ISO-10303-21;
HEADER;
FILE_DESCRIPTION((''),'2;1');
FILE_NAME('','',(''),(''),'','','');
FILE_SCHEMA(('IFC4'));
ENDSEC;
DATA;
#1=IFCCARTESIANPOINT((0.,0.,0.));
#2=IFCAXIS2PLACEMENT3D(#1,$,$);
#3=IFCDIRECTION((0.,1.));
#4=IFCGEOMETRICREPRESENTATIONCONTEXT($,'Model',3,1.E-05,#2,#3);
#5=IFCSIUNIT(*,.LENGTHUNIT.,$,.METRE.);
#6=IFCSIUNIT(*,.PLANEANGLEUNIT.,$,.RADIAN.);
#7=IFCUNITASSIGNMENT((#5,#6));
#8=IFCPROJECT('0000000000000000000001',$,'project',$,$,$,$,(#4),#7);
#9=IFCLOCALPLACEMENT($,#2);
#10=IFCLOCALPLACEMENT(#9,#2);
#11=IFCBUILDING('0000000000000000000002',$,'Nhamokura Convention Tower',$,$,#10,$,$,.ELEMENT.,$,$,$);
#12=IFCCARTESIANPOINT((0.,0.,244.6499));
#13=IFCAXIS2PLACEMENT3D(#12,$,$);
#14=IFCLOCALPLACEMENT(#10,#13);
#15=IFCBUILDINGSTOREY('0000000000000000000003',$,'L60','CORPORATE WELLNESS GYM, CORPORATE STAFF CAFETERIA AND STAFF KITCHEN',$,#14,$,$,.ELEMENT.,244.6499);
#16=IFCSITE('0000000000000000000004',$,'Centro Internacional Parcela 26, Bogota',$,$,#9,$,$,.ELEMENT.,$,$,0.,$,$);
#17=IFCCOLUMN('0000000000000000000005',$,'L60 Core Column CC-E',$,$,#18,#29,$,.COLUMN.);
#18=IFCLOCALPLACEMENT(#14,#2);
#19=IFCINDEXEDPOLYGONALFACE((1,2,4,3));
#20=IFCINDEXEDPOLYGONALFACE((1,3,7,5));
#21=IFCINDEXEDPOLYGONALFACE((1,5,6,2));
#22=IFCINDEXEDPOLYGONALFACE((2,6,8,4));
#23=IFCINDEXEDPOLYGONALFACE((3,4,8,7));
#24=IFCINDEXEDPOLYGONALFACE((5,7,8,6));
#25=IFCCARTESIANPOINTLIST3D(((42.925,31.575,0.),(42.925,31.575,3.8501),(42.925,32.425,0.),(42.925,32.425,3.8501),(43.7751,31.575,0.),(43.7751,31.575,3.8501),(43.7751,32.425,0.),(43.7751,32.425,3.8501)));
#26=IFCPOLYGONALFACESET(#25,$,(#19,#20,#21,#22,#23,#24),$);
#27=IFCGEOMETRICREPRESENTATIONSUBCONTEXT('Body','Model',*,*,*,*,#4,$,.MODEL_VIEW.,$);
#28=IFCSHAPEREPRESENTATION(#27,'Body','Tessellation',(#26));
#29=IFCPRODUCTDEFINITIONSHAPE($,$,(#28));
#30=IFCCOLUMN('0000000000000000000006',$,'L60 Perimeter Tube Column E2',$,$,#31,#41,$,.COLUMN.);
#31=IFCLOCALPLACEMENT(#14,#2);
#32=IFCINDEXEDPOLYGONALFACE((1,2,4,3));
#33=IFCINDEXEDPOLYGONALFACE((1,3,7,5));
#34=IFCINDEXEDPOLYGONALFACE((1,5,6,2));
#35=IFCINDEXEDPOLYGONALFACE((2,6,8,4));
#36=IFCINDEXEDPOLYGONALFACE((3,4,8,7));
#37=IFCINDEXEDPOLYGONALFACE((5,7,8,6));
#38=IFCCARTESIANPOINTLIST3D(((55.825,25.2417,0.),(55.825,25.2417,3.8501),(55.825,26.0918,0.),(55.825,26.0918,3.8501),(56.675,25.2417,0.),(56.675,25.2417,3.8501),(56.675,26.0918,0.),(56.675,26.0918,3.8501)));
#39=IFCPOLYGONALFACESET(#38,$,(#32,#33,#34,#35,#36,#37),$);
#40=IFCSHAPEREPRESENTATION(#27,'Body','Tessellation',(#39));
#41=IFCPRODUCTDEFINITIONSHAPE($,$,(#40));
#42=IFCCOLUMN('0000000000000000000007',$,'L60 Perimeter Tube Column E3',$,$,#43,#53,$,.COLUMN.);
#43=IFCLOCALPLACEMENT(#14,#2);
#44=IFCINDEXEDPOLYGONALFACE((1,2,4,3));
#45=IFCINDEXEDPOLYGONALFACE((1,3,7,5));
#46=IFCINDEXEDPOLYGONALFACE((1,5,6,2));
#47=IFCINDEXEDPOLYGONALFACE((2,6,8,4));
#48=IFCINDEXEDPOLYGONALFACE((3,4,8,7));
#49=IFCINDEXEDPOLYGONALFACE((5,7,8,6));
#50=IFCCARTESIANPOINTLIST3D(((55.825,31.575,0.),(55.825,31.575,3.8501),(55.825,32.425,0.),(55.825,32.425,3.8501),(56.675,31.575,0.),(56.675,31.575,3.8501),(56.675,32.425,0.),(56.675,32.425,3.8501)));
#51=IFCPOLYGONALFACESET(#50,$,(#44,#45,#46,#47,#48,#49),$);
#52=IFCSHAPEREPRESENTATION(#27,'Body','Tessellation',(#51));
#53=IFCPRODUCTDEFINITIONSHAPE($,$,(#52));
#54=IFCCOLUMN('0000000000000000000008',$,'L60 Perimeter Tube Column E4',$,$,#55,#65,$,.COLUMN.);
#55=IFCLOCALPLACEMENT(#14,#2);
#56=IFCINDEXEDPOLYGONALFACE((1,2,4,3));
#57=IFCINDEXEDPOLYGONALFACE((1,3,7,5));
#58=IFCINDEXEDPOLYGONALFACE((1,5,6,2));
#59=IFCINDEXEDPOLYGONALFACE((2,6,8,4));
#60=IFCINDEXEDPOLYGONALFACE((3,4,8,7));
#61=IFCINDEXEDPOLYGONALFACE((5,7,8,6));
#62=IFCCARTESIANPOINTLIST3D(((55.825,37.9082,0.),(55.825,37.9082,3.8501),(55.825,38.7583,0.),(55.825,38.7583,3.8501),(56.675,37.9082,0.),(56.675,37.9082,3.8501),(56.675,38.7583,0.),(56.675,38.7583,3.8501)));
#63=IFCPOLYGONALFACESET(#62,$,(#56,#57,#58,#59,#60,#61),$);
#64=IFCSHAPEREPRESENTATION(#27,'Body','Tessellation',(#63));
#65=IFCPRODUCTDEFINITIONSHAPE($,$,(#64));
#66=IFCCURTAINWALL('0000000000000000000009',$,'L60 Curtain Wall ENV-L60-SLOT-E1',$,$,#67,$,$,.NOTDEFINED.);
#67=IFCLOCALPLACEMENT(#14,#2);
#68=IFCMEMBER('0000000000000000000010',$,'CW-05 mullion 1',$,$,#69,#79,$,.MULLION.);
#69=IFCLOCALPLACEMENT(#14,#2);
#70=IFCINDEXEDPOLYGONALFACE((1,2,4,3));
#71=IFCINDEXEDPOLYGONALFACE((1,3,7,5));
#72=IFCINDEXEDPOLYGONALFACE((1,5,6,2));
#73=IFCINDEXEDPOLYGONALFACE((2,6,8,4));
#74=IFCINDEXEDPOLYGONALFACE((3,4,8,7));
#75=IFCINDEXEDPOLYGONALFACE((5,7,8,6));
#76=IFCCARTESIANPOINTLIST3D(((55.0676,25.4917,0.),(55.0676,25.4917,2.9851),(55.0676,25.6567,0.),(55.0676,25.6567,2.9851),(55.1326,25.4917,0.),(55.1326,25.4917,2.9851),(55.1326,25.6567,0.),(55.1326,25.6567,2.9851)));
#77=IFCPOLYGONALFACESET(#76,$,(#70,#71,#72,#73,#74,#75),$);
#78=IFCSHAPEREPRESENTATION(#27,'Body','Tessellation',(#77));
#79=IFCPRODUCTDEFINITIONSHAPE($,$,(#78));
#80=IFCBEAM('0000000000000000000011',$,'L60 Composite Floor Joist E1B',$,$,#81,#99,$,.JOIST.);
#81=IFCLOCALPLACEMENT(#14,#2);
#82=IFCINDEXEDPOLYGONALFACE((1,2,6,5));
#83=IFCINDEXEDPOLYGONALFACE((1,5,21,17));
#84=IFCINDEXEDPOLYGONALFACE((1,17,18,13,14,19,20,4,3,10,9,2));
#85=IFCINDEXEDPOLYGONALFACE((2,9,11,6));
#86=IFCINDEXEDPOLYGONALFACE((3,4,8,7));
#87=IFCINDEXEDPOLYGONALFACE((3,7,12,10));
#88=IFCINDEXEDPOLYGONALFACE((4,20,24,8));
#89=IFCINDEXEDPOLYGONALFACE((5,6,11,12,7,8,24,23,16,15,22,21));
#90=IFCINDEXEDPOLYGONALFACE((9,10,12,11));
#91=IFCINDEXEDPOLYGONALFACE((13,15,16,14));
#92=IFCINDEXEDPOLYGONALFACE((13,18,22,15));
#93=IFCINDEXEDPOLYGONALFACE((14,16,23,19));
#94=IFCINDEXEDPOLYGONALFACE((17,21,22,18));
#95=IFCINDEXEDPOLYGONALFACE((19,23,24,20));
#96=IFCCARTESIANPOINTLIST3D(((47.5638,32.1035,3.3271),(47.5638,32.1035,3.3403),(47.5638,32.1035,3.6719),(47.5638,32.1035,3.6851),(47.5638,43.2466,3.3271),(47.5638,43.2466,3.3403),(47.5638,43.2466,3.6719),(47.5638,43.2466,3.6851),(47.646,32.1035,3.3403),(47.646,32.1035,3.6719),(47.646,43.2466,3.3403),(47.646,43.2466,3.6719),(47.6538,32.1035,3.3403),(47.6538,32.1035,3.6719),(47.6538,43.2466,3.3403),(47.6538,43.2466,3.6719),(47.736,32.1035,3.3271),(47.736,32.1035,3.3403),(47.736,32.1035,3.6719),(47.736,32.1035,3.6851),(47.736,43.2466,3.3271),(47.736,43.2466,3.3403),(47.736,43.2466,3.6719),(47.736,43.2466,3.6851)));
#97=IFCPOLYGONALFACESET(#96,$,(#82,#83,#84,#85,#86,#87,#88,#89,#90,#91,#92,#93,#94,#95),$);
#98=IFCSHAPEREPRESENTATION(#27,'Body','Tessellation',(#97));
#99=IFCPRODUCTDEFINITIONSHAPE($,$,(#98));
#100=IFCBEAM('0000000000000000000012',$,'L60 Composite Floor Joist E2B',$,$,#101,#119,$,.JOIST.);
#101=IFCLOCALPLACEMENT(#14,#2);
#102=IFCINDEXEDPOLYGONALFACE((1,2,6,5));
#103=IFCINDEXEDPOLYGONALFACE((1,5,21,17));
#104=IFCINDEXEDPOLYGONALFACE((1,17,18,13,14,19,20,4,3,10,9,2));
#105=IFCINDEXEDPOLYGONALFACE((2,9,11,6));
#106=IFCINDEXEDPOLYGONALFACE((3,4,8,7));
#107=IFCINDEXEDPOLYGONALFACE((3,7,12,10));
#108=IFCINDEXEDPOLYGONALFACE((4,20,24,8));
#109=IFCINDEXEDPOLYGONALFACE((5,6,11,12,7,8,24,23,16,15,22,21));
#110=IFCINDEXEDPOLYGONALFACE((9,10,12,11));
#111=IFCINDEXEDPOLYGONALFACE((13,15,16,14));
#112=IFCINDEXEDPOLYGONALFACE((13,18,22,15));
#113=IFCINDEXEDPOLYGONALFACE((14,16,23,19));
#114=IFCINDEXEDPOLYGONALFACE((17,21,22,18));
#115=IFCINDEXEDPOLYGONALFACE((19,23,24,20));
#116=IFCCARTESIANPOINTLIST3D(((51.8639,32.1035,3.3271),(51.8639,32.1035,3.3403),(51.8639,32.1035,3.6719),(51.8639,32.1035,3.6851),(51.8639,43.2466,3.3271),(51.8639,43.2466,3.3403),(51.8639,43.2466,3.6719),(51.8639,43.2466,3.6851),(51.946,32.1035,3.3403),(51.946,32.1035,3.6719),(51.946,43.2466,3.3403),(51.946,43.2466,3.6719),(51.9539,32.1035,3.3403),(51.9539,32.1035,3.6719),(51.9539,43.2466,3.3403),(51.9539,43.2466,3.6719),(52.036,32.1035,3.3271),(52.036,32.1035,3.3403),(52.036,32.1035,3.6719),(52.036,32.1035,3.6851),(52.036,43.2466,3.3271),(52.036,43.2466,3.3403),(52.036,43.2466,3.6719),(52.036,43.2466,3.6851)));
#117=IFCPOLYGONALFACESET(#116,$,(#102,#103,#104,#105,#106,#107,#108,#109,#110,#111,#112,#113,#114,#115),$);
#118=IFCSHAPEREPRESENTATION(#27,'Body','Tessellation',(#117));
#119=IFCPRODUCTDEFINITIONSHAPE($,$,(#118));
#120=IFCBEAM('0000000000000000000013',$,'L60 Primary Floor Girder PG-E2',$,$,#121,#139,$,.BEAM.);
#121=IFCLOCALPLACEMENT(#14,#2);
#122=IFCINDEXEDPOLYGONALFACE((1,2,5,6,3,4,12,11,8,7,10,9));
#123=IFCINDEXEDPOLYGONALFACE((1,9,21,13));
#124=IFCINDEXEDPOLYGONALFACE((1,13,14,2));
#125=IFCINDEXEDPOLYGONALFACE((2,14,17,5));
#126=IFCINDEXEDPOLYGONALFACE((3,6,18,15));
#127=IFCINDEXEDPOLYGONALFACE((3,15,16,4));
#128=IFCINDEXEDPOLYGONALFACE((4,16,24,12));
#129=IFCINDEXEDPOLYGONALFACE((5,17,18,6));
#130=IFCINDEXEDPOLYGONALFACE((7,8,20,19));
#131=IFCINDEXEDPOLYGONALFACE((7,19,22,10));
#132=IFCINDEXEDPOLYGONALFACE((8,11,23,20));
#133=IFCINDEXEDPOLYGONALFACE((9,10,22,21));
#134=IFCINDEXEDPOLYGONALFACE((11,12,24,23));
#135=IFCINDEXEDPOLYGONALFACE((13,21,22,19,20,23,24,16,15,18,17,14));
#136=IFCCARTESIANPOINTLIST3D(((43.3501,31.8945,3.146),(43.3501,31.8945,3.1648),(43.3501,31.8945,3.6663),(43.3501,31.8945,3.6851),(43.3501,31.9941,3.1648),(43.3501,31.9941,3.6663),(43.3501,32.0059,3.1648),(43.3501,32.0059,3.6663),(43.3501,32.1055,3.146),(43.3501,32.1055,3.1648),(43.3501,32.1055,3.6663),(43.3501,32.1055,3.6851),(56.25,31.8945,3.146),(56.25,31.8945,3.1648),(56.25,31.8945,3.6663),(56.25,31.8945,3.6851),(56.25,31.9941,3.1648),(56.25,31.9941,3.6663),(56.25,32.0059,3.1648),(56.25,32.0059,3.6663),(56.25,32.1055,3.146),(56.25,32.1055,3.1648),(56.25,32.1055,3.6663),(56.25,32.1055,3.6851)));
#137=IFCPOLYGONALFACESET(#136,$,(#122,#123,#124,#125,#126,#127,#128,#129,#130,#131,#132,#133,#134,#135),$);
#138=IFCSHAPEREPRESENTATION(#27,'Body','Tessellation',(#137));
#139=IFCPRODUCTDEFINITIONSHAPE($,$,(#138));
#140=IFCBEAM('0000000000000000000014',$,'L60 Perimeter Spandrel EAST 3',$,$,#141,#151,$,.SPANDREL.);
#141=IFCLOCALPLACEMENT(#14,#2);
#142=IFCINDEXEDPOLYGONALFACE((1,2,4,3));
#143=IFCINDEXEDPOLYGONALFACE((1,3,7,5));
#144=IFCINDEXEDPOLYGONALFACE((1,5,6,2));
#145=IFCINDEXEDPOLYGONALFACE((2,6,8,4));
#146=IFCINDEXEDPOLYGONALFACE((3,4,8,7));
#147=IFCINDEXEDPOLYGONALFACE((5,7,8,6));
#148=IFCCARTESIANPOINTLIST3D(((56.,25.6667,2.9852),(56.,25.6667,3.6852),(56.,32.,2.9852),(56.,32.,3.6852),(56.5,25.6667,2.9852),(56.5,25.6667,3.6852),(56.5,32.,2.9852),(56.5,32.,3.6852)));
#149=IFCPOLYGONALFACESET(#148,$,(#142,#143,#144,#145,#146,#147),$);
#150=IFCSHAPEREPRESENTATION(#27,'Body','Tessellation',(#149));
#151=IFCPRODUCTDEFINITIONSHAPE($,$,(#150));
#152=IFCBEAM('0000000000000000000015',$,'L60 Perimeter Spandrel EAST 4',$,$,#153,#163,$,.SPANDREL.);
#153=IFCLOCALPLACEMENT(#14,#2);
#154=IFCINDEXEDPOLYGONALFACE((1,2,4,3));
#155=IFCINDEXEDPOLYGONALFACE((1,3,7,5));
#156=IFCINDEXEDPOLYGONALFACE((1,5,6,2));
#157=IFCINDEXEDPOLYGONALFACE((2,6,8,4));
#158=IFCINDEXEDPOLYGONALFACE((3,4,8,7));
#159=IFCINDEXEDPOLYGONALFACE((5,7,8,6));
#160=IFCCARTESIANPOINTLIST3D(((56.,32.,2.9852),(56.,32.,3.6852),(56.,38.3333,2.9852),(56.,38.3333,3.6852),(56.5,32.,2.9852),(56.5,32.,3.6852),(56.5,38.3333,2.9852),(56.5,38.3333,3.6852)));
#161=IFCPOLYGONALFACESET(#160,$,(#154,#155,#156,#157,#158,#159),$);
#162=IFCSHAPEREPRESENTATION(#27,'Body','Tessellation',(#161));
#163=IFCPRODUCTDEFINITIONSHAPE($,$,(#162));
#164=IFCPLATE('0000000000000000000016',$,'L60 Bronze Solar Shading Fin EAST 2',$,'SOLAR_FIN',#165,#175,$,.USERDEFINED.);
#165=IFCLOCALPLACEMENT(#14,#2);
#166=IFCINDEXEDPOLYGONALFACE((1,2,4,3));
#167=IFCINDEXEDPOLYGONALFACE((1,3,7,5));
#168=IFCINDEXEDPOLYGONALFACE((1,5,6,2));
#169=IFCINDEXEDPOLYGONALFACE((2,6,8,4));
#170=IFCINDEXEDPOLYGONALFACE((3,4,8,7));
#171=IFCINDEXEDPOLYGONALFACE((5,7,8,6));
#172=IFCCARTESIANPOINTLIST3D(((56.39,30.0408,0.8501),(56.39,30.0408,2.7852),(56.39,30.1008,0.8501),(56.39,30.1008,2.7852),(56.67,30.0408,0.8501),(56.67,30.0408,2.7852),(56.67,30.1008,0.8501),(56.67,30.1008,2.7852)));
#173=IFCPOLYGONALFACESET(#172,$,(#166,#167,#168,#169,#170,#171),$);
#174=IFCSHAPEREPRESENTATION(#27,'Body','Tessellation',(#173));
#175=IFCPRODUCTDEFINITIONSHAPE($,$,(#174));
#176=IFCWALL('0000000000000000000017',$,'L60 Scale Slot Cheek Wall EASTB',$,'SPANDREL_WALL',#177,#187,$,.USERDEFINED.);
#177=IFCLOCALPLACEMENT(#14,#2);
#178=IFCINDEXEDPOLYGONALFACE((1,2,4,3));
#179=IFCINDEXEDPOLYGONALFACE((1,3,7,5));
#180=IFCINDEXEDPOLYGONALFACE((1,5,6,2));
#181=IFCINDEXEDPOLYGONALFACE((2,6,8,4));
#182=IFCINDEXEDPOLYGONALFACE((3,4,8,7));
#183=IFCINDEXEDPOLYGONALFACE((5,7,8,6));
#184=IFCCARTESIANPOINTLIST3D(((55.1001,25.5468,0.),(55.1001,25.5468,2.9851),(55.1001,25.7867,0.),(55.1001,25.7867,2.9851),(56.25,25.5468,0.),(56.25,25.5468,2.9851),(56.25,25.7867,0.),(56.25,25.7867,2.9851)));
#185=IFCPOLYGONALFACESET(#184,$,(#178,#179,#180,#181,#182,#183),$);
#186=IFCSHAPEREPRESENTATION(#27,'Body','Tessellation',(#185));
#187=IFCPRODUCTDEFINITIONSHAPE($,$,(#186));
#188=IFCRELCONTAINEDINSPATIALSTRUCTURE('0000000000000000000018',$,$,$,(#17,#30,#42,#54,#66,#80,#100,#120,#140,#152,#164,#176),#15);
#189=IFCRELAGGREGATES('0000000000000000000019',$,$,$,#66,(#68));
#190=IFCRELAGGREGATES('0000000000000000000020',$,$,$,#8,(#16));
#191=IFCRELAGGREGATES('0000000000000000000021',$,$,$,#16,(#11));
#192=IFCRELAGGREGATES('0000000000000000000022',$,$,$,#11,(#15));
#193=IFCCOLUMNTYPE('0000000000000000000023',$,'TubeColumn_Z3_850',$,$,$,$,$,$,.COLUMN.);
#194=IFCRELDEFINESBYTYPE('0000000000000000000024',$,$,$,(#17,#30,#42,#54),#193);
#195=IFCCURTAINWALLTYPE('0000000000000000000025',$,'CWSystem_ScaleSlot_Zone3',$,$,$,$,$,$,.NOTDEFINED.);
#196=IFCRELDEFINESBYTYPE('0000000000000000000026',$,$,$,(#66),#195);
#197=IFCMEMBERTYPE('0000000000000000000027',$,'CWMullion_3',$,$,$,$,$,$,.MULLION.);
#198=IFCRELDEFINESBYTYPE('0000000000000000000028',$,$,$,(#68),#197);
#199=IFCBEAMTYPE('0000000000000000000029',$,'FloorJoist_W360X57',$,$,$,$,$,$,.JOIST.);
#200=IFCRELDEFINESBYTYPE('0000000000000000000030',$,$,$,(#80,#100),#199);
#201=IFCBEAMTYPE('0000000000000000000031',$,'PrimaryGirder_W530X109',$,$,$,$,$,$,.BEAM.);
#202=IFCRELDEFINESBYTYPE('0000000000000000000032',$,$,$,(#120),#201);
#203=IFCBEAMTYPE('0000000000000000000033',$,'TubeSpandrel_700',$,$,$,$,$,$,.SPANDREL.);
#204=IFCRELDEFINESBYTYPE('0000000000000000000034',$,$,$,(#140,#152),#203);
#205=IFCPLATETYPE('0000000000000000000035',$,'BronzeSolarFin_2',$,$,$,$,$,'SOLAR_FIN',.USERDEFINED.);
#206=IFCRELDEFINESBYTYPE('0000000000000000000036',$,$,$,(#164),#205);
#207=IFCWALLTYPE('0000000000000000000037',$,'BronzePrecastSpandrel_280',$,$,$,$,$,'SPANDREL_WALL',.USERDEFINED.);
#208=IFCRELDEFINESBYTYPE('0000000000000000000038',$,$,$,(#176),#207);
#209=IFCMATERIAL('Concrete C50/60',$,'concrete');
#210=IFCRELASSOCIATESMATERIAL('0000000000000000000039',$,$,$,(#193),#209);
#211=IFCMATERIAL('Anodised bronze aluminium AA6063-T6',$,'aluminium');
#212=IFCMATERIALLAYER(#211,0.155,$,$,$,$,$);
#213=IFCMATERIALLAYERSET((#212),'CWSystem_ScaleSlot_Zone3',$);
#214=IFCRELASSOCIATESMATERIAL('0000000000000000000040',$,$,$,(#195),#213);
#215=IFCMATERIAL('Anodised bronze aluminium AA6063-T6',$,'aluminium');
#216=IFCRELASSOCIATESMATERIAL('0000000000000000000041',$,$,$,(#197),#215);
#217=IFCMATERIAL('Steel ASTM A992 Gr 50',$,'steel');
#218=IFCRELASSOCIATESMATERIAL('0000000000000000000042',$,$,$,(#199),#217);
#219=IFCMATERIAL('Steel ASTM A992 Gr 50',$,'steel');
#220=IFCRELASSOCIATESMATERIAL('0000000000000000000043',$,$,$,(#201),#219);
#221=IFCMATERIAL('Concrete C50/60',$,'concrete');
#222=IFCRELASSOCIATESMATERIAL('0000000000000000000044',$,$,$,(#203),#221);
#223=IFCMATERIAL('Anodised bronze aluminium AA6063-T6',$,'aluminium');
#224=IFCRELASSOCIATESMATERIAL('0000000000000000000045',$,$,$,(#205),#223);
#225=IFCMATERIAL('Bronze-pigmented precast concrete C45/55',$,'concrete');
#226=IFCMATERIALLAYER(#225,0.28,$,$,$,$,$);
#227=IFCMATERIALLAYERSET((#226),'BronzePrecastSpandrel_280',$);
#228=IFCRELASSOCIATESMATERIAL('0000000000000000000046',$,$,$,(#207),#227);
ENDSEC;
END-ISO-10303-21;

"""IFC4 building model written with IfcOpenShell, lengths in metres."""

from ifc_helpers import new_model, si_unit, direction, frame, frame_2d, origin, origin_2d, place, context, subcontext, project, spatial, rectangle, i_section, extrude, material, layer, layer_set, material_profile, profile_set, type_object, element, aggregate, save


model = new_model("IFC4")

# Units and contexts
model_context = context("Model", 3, precision=1e-05, world=origin(), true_north=direction((0.0, 1.0)))
body_context = subcontext(model_context, "Body", "Model", "MODEL_VIEW")
ifc_project = project(units=[si_unit("LENGTHUNIT", "METRE"), si_unit("PLANEANGLEUNIT", "RADIAN")], contexts=[model_context])

# Site, building, storey
site_placement = place(None, origin())
site = spatial("IfcSite", under=ifc_project, at=site_placement, Name="Centro Internacional Parcela 26, Bogota", CompositionType="ELEMENT", RefElevation=0.0)
building_placement = place(site_placement, origin())
building = spatial("IfcBuilding", under=site, at=building_placement, Name="Nhamokura Convention Tower", CompositionType="ELEMENT")
storey_placement = place(building_placement, frame((0.0, 0.0, 244.6499)))
storey = spatial("IfcBuildingStorey", under=building, at=storey_placement, Name="L60", Description="CORPORATE WELLNESS GYM, CORPORATE STAFF CAFETERIA AND STAFF KITCHEN", CompositionType="ELEMENT", Elevation=244.6499)

# Columns
ifc_material_1 = material(Name="Concrete C50/60", Category="concrete")
ifc_material_profile_1 = material_profile(ifc_material_1, rectangle(XDim=0.8501, YDim=0.8501, at=origin_2d()))
ifc_profile_set_1 = profile_set([ifc_material_profile_1], Name="Concrete C50/60")
column_type = type_object("IfcColumnType", Name="TubeColumn_Z3_850", PredefinedType="COLUMN", material=ifc_profile_set_1)
for number, where, z_axis, x_axis, name in (
    (1, (43.3501, 32.0, 0.0), (0.0, 0.0, 1.0), (1.0, 0.0, 0.0), "L60 Core Column CC-E"),
    (2, (56.25, 25.6667, 0.0), (0.0, 0.0, 1.0), (1.0, 0.0, 0.0), "L60 Perimeter Tube Column E2"),
    (3, (56.25, 32.0, 0.0), (0.0, 0.0, 1.0), (1.0, 0.0, 0.0), "L60 Perimeter Tube Column E3"),
    (4, (56.25, 38.3333, 0.0), (0.0, 0.0, 1.0), (1.0, 0.0, 0.0), "L60 Perimeter Tube Column E4"),
):
    element("IfcColumn", number, at=place(storey_placement, frame(where, z_axis=z_axis, x_axis=x_axis)), inside=storey, type_object=column_type, Name=name, PredefinedType="COLUMN", context=body_context, shape_type="SweptSolid", body=[
        extrude(rectangle(XDim=0.8501, YDim=0.8501, at=origin_2d()), origin(), (0.0, 0.0, 1.0), 3.8501),
    ])

# Curtain wall, member
ifc_material_2 = material(Name="Anodised bronze aluminium AA6063-T6", Category="aluminium")
ifc_layer_1 = layer(ifc_material_2, 0.155)
ifc_layer_set_1 = layer_set([ifc_layer_1], Name="CWSystem_ScaleSlot_Zone3")
curtain_wall_type = type_object("IfcCurtainWallType", Name="CWSystem_ScaleSlot_Zone3", PredefinedType="NOTDEFINED", material=ifc_layer_set_1)
curtain_wall_placement = place(storey_placement, origin())
curtain_wall = element("IfcCurtainWall", 5, at=curtain_wall_placement, inside=storey, type_object=curtain_wall_type, Name="L60 Curtain Wall ENV-L60-SLOT-E1", PredefinedType="NOTDEFINED")
ifc_material_3 = material(Name="Anodised bronze aluminium AA6063-T6", Category="aluminium")
ifc_material_profile_2 = material_profile(ifc_material_3, rectangle(XDim=0.0649, YDim=0.165, at=origin_2d()))
ifc_profile_set_2 = profile_set([ifc_material_profile_2], Name="Anodised bronze aluminium AA6063-T6")
member_type = type_object("IfcMemberType", Name="CWMullion_3", PredefinedType="MULLION", material=ifc_profile_set_2)
member_placement = place(storey_placement, frame((55.1001, 25.5742, 0.0), z_axis=(0.0, 0.0, 1.0), x_axis=(1.0, 0.0, 0.0)))
member = element("IfcMember", 6, at=member_placement, type_object=member_type, Name="CW-05 mullion 1", PredefinedType="MULLION", context=body_context, shape_type="SweptSolid", body=[
    extrude(rectangle(XDim=0.0649, YDim=0.165, at=origin_2d()), origin(), (0.0, 0.0, 1.0), 2.9851),
])
aggregate(curtain_wall, [member])

# Beams
ifc_material_4 = material(Name="Steel ASTM A992 Gr 50", Category="steel")
ifc_material_profile_3 = material_profile(ifc_material_4, i_section(OverallWidth=0.1721, OverallDepth=0.3579, WebThickness=0.0078, FlangeThickness=0.0132, at=origin_2d()))
ifc_profile_set_3 = profile_set([ifc_material_profile_3], Name="Steel ASTM A992 Gr 50")
beam_type_1 = type_object("IfcBeamType", Name="FloorJoist_W360X57", PredefinedType="JOIST", material=ifc_profile_set_3)
for number, where, z_axis, x_axis, name in (
    (7, (47.6499, 32.1035, 3.5061), (0.0, 1.0, 0.0), (-1.0, 0.0, 0.0), "L60 Composite Floor Joist E1B"),
    (8, (51.95, 32.1035, 3.5061), (0.0, 1.0, 0.0), (-1.0, 0.0, 0.0), "L60 Composite Floor Joist E2B"),
):
    element("IfcBeam", number, at=place(storey_placement, frame(where, z_axis=z_axis, x_axis=x_axis)), inside=storey, type_object=beam_type_1, Name=name, PredefinedType="JOIST", context=body_context, shape_type="SweptSolid", body=[
        extrude(i_section(OverallWidth=0.1721, OverallDepth=0.3579, WebThickness=0.0078, FlangeThickness=0.0132, at=origin_2d()), origin(), (0.0, 0.0, 1.0), 11.1431),
    ])
ifc_material_5 = material(Name="Steel ASTM A992 Gr 50", Category="steel")
ifc_material_profile_4 = material_profile(ifc_material_5, i_section(OverallWidth=0.2109, OverallDepth=0.5391, WebThickness=0.0117, FlangeThickness=0.0188, at=origin_2d()))
ifc_profile_set_4 = profile_set([ifc_material_profile_4], Name="Steel ASTM A992 Gr 50")
beam_type_2 = type_object("IfcBeamType", Name="PrimaryGirder_W530X109", PredefinedType="BEAM", material=ifc_profile_set_4)
beam_placement = place(storey_placement, frame((43.3501, 32.0, 3.4155), z_axis=(1.0, 0.0, 0.0), x_axis=(0.0, 1.0, 0.0)))
element("IfcBeam", 9, at=beam_placement, inside=storey, type_object=beam_type_2, Name="L60 Primary Floor Girder PG-E2", PredefinedType="BEAM", context=body_context, shape_type="SweptSolid", body=[
    extrude(i_section(OverallWidth=0.2109, OverallDepth=0.5391, WebThickness=0.0117, FlangeThickness=0.0188, at=origin_2d()), origin(), (0.0, 0.0, 1.0), 12.8999),
])
ifc_material_6 = material(Name="Concrete C50/60", Category="concrete")
ifc_material_profile_5 = material_profile(ifc_material_6, rectangle(XDim=0.5, YDim=0.7, at=origin_2d()))
ifc_profile_set_5 = profile_set([ifc_material_profile_5], Name="Concrete C50/60")
beam_type_3 = type_object("IfcBeamType", Name="TubeSpandrel_700", PredefinedType="SPANDREL", material=ifc_profile_set_5)
for number, where, z_axis, x_axis, name in (
    (10, (56.25, 25.6667, 3.3352), (0.0, 1.0, 0.0), (-1.0, 0.0, 0.0), "L60 Perimeter Spandrel EAST 3"),
    (11, (56.25, 32.0, 3.3352), (0.0, 1.0, 0.0), (-1.0, 0.0, 0.0), "L60 Perimeter Spandrel EAST 4"),
):
    element("IfcBeam", number, at=place(storey_placement, frame(where, z_axis=z_axis, x_axis=x_axis)), inside=storey, type_object=beam_type_3, Name=name, PredefinedType="SPANDREL", context=body_context, shape_type="SweptSolid", body=[
        extrude(rectangle(XDim=0.5, YDim=0.7, at=origin_2d()), origin(), (0.0, 0.0, 1.0), 6.3333),
    ])

# Plate
ifc_material_7 = material(Name="Anodised bronze aluminium AA6063-T6", Category="aluminium")
plate_type = type_object("IfcPlateType", Name="BronzeSolarFin_2", ElementType="SOLAR_FIN", PredefinedType="USERDEFINED", material=ifc_material_7)
plate_placement = place(storey_placement, frame((56.53, 30.0708, 0.8501), z_axis=(0.0, 0.0, 1.0), x_axis=(1.0, 0.0, 0.0)))
element("IfcPlate", 12, at=plate_placement, inside=storey, type_object=plate_type, Name="L60 Bronze Solar Shading Fin EAST 2", ObjectType="SOLAR_FIN", PredefinedType="USERDEFINED", context=body_context, shape_type="SweptSolid", body=[
    extrude(rectangle(XDim=0.28, YDim=0.0601, at=origin_2d()), origin(), (0.0, 0.0, 1.0), 1.9351),
])

# Wall
ifc_material_8 = material(Name="Bronze-pigmented precast concrete C45/55", Category="concrete")
ifc_layer_2 = layer(ifc_material_8, 0.28)
ifc_layer_set_2 = layer_set([ifc_layer_2], Name="BronzePrecastSpandrel_280")
wall_type_1 = type_object("IfcWallType", Name="BronzePrecastSpandrel_280", ElementType="SPANDREL_WALL", PredefinedType="USERDEFINED", material=ifc_layer_set_2)
wall_1_placement = place(storey_placement, frame((56.25, 25.6667, 0.0), z_axis=(0.0, 0.0, 1.0), x_axis=(-1.0, 0.0, 0.0)))
element("IfcWall", 13, at=wall_1_placement, inside=storey, type_object=wall_type_1, Name="L60 Scale Slot Cheek Wall EASTB", ObjectType="SPANDREL_WALL", PredefinedType="USERDEFINED", context=body_context, shape_type="SweptSolid", body=[
    extrude(rectangle(XDim=1.1499, YDim=0.24, at=frame_2d((0.575, 0.0))), origin(), (0.0, 0.0, 1.0), 2.9851),
])

save(model, "model.ifc")
